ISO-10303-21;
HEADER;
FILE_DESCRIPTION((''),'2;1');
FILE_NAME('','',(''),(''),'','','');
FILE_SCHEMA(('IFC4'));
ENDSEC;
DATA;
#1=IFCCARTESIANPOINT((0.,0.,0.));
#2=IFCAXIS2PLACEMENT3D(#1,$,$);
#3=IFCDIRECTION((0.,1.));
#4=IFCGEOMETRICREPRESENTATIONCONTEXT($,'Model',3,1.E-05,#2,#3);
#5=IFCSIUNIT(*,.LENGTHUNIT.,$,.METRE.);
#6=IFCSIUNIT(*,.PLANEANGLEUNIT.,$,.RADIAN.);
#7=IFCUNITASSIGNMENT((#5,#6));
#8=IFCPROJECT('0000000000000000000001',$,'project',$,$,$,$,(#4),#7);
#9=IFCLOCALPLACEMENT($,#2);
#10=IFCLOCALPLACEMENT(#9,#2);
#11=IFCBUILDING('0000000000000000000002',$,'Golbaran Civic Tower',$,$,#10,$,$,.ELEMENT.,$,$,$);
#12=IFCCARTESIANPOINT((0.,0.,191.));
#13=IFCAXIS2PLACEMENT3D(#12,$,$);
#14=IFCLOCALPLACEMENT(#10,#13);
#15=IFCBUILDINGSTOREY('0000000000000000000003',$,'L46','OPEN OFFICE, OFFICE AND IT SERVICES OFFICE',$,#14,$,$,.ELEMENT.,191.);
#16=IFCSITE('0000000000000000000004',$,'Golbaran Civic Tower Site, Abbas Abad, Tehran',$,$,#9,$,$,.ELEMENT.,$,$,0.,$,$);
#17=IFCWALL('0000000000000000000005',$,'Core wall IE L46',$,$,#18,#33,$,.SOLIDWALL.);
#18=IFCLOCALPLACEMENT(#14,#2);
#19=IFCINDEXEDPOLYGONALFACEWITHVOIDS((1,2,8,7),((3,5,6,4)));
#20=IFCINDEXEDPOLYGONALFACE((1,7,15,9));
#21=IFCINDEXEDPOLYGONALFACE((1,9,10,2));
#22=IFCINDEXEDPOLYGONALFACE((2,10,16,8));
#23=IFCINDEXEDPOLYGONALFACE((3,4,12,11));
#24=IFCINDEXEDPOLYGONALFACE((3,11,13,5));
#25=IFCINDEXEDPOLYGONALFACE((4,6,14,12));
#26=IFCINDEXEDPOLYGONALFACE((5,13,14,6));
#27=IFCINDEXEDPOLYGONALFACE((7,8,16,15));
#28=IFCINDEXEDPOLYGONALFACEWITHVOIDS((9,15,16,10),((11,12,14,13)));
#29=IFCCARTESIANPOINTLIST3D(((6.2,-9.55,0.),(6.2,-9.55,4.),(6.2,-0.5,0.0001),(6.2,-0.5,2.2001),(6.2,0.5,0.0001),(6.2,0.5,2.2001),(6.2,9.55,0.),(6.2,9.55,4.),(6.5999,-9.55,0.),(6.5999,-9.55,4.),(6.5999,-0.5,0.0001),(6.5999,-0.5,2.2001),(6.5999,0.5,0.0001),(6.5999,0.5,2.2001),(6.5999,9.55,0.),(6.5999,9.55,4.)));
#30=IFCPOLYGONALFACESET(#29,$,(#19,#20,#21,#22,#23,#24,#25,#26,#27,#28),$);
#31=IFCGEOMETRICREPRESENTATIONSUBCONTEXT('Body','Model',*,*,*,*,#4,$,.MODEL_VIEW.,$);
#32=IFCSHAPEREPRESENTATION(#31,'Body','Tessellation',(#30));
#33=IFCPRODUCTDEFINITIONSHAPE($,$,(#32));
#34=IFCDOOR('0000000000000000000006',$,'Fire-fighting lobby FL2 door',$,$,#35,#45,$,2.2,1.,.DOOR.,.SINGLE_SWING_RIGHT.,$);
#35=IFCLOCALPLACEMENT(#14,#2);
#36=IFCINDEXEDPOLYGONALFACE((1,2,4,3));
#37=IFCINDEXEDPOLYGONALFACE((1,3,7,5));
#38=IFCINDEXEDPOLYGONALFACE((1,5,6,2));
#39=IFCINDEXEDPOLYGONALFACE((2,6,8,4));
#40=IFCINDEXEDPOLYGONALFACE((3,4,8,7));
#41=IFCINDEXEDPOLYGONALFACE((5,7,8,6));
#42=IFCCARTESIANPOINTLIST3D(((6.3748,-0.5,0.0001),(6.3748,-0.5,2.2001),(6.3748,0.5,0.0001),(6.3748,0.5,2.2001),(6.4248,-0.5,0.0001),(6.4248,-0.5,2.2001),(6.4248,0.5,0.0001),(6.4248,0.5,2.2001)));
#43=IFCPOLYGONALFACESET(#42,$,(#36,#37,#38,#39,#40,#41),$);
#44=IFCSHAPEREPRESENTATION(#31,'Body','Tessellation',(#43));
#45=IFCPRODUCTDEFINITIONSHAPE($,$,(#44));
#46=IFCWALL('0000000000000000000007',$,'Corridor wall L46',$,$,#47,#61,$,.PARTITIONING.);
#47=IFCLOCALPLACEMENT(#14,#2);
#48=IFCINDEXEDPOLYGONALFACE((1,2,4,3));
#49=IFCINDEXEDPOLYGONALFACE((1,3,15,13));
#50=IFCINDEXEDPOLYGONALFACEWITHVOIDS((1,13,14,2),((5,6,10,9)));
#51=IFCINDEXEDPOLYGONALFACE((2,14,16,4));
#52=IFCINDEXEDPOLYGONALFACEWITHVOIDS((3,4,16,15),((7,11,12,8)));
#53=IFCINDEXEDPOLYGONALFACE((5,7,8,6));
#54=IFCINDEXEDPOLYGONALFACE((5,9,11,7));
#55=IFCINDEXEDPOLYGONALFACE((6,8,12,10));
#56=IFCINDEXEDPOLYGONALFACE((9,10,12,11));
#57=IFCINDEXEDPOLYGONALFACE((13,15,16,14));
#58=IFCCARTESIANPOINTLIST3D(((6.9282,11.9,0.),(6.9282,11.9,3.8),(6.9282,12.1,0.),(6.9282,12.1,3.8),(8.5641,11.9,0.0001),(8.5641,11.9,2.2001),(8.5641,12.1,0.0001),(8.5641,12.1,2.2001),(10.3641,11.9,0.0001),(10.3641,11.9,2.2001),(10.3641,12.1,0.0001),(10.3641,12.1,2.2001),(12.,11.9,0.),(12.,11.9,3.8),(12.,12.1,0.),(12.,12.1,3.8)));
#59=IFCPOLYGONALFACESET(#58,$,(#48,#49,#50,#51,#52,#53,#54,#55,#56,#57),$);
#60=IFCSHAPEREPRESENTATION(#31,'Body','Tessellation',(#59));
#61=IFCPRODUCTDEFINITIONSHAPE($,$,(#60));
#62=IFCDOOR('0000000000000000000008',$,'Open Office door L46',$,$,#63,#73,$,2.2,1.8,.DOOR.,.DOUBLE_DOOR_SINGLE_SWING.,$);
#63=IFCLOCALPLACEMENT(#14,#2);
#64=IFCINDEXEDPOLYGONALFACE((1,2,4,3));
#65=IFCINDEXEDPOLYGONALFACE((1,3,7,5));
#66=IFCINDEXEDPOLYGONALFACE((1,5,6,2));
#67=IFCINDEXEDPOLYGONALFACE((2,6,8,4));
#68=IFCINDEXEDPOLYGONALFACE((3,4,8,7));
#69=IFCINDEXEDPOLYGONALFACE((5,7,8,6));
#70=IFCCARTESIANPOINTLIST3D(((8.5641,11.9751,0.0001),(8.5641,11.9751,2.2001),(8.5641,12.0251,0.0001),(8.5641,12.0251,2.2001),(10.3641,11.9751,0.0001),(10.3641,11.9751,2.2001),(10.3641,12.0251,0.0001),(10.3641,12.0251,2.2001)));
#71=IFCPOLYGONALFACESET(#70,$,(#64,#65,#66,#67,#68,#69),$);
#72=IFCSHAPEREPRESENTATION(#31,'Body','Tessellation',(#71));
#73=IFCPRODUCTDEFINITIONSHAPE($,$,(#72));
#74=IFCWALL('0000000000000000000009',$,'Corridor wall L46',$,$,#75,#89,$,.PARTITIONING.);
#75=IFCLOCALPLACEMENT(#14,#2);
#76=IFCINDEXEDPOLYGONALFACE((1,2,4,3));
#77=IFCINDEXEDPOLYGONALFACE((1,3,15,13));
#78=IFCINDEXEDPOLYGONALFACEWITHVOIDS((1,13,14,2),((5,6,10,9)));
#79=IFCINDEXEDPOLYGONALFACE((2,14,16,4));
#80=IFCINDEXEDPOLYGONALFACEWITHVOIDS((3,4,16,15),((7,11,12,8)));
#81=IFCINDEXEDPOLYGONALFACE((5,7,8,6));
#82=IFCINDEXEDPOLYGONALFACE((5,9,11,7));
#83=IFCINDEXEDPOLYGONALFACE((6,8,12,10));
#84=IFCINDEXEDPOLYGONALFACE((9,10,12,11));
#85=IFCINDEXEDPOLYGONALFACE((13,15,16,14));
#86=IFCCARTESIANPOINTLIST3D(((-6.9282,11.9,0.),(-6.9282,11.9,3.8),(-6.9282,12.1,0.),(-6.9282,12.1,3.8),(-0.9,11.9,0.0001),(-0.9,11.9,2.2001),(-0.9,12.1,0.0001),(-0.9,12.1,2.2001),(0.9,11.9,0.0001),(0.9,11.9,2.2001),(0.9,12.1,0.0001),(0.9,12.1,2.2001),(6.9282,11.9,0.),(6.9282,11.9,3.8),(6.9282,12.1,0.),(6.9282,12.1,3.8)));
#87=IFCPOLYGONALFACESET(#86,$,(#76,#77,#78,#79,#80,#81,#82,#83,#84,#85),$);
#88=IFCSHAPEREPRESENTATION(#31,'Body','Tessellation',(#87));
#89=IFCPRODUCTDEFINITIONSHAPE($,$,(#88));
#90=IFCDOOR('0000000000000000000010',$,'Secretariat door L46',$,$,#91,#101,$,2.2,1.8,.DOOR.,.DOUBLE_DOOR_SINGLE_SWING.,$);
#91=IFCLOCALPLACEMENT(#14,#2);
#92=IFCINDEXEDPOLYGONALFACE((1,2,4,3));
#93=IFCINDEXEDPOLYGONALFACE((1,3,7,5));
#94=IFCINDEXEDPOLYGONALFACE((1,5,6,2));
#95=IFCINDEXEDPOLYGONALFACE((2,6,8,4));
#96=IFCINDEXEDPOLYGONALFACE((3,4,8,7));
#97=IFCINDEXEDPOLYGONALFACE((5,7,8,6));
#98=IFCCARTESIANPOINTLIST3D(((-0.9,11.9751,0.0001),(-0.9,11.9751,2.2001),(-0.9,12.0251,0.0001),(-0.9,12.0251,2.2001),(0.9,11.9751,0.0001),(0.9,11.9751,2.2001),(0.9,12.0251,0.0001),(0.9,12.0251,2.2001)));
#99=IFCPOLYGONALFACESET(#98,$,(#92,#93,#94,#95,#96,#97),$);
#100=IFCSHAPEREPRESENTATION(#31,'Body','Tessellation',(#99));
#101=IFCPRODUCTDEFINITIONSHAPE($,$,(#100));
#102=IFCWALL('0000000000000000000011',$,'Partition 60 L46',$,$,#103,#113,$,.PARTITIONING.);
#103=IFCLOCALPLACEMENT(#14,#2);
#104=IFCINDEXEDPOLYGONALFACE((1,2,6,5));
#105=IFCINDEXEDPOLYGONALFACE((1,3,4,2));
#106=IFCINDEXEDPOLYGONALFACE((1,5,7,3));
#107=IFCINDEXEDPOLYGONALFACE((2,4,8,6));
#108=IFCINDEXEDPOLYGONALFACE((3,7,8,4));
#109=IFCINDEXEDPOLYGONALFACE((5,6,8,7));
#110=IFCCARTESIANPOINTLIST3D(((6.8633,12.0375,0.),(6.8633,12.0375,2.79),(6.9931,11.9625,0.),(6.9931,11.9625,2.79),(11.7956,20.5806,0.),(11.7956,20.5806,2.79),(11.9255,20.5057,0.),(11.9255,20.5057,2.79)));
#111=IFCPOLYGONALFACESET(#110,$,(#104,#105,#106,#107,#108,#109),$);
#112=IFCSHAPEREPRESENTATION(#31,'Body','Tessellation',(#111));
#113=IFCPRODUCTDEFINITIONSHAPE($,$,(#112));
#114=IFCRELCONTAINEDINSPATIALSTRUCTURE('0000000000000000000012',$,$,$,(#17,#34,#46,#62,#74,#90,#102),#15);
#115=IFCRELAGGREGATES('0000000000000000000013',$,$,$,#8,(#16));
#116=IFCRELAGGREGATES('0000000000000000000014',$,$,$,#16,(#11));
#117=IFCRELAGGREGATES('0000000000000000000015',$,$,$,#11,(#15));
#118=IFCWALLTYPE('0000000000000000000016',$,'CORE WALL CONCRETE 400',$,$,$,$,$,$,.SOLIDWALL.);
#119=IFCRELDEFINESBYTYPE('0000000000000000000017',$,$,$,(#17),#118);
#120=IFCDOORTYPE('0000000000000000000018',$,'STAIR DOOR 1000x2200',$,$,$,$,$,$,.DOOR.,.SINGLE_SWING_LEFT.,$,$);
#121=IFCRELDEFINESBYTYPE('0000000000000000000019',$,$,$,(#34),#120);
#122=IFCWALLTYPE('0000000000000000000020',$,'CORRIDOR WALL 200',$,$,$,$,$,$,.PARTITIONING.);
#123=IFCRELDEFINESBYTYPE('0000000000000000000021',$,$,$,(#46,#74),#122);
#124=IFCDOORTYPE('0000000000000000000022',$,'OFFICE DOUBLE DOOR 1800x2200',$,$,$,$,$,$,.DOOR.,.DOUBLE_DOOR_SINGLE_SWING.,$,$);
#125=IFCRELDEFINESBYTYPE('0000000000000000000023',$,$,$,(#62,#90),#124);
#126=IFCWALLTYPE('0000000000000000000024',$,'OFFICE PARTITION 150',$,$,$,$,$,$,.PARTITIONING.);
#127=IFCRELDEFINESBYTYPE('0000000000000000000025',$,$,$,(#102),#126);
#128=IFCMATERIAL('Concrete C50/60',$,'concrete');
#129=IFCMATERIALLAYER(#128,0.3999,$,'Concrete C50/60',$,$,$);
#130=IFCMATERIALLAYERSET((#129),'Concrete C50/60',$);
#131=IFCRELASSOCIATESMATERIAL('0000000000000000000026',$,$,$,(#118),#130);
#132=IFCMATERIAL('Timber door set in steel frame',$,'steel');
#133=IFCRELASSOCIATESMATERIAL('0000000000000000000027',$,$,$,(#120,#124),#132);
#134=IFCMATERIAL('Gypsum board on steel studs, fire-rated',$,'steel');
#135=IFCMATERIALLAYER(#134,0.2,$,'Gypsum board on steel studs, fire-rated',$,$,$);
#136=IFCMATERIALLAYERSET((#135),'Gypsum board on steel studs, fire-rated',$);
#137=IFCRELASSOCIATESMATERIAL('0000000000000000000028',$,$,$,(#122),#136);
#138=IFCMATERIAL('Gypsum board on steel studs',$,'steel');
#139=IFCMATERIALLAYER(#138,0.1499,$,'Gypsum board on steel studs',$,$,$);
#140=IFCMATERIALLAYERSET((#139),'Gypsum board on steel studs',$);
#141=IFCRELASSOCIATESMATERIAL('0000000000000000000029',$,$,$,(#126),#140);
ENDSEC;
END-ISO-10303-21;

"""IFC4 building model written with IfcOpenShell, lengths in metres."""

from ifc_helpers import new_model, si_unit, direction, frame, frame_2d, origin, place, context, subcontext, project, spatial, rectangle, extrude, material, layer, layer_set, type_object, element, fill, save


model = new_model("IFC4")

# Units and contexts
model_context = context("Model", 3, precision=1e-05, world=origin(), true_north=direction((0.0, 1.0)))
body_context = subcontext(model_context, "Body", "Model", "MODEL_VIEW")
ifc_project = project(units=[si_unit("LENGTHUNIT", "METRE"), si_unit("PLANEANGLEUNIT", "RADIAN")], contexts=[model_context])

# Site, building, storey
site_placement = place(None, origin())
site = spatial("IfcSite", under=ifc_project, at=site_placement, Name="Golbaran Civic Tower Site, Abbas Abad, Tehran", CompositionType="ELEMENT", RefElevation=0.0)
building_placement = place(site_placement, origin())
building = spatial("IfcBuilding", under=site, at=building_placement, Name="Golbaran Civic Tower", CompositionType="ELEMENT")
storey_placement = place(building_placement, frame((0.0, 0.0, 191.0)))
storey = spatial("IfcBuildingStorey", under=building, at=storey_placement, Name="L46", Description="OPEN OFFICE, OFFICE AND IT SERVICES OFFICE", CompositionType="ELEMENT", Elevation=191.0)

# Walls, openings, doors
ifc_material_1 = material(Name="Concrete C50/60", Category="concrete")
ifc_layer_1 = layer(ifc_material_1, 0.3999, Name="Concrete C50/60")
ifc_layer_set_1 = layer_set([ifc_layer_1], Name="Concrete C50/60")
wall_type_1 = type_object("IfcWallType", Name="CORE WALL CONCRETE 400", PredefinedType="SOLIDWALL", material=ifc_layer_set_1)
wall_1_placement = place(storey_placement, frame((6.3999, 9.55, 0.0), z_axis=(0.0, 0.0, 1.0), x_axis=(0.0, -1.0, 0.0)))
wall_1 = element("IfcWall", 1, at=wall_1_placement, inside=storey, type_object=wall_type_1, Name="Core wall IE L46", PredefinedType="SOLIDWALL", context=body_context, shape_type="SweptSolid", body=[
    extrude(rectangle(XDim=19.1001, YDim=0.3999, at=frame_2d((9.55, 0.0))), origin(), (0.0, 0.0, 1.0), 4.0),
])
opening_1_placement = place(wall_1_placement, frame((9.05, 0.0, 0.0)))
opening_1 = element("IfcOpeningElement", 2, at=opening_1_placement, cuts=wall_1, PredefinedType="OPENING", context=body_context, shape_type="SweptSolid", body=[
    extrude(rectangle(XDim=1.0, YDim=2.2, at=frame_2d((0.5, 1.1001))), frame((0.0, 0.21, 0.0), z_axis=(0.0, -1.0, 0.0), x_axis=(1.0, 0.0, 0.0)), (0.0, 0.0, 1.0), 0.4199),
])
ifc_material_2 = material(Name="Timber door set in steel frame", Category="steel")
door_type_1 = type_object("IfcDoorType", Name="STAIR DOOR 1000x2200", OperationType="SINGLE_SWING_LEFT", PredefinedType="DOOR", material=ifc_material_2)
door_1_placement = place(opening_1_placement, origin())
door_1 = element("IfcDoor", 3, at=door_1_placement, inside=storey, type_object=door_type_1, Name="Fire-fighting lobby FL2 door", OperationType="SINGLE_SWING_RIGHT", OverallHeight=2.2, OverallWidth=1.0, PredefinedType="DOOR", context=body_context, shape_type="SweptSolid", body=[
    extrude(rectangle(XDim=1.0, YDim=2.2, at=frame_2d((0.5, 1.1001))), frame((0.0, 0.0249, 0.0), z_axis=(0.0, -1.0, 0.0), x_axis=(1.0, 0.0, 0.0)), (0.0, 0.0, 1.0), 0.05),
])
fill(opening_1, door_1)
ifc_material_3 = material(Name="Gypsum board on steel studs, fire-rated", Category="steel")
ifc_layer_2 = layer(ifc_material_3, 0.2, Name="Gypsum board on steel studs, fire-rated")
ifc_layer_set_2 = layer_set([ifc_layer_2], Name="Gypsum board on steel studs, fire-rated")
wall_type_2 = type_object("IfcWallType", Name="CORRIDOR WALL 200", PredefinedType="PARTITIONING", material=ifc_layer_set_2)
wall_2_placement = place(storey_placement, frame((12.0, 12.0, 0.0), z_axis=(0.0, 0.0, 1.0), x_axis=(-1.0, 0.0, 0.0)))
wall_2 = element("IfcWall", 4, at=wall_2_placement, inside=storey, type_object=wall_type_2, Name="Corridor wall L46", PredefinedType="PARTITIONING", context=body_context, shape_type="SweptSolid", body=[
    extrude(rectangle(XDim=5.0718, YDim=0.2, at=frame_2d((2.5359, 0.0))), origin(), (0.0, 0.0, 1.0), 3.8),
])
opening_2_placement = place(wall_2_placement, frame((1.636, 0.0, 0.0)))
opening_2 = element("IfcOpeningElement", 5, at=opening_2_placement, cuts=wall_2, PredefinedType="OPENING", context=body_context, shape_type="SweptSolid", body=[
    extrude(rectangle(XDim=1.8, YDim=2.2, at=frame_2d((0.8999, 1.1001))), frame((0.0, 0.1099, 0.0), z_axis=(0.0, -1.0, 0.0), x_axis=(1.0, 0.0, 0.0)), (0.0, 0.0, 1.0), 0.22),
])
door_type_2 = type_object("IfcDoorType", Name="OFFICE DOUBLE DOOR 1800x2200", OperationType="DOUBLE_DOOR_SINGLE_SWING", PredefinedType="DOOR", material=ifc_material_2)
door_2_placement = place(opening_2_placement, origin())
door_2 = element("IfcDoor", 6, at=door_2_placement, inside=storey, type_object=door_type_2, Name="Open Office door L46", OperationType="DOUBLE_DOOR_SINGLE_SWING", OverallHeight=2.2, OverallWidth=1.8, PredefinedType="DOOR", context=body_context, shape_type="SweptSolid", body=[
    extrude(rectangle(XDim=1.8, YDim=2.2, at=frame_2d((0.8999, 1.1001))), frame((0.0, 0.0249, 0.0), z_axis=(0.0, -1.0, 0.0), x_axis=(1.0, 0.0, 0.0)), (0.0, 0.0, 1.0), 0.05),
])
fill(opening_2, door_2)
wall_3_placement = place(storey_placement, frame((6.9282, 12.0, 0.0), z_axis=(0.0, 0.0, 1.0), x_axis=(-1.0, 0.0, 0.0)))
wall_3 = element("IfcWall", 7, at=wall_3_placement, inside=storey, type_object=wall_type_2, Name="Corridor wall L46", PredefinedType="PARTITIONING", context=body_context, shape_type="SweptSolid", body=[
    extrude(rectangle(XDim=13.8564, YDim=0.2, at=frame_2d((6.9282, 0.0))), origin(), (0.0, 0.0, 1.0), 3.8),
])
opening_3_placement = place(wall_3_placement, frame((6.0283, 0.0, 0.0)))
opening_3 = element("IfcOpeningElement", 8, at=opening_3_placement, cuts=wall_3, PredefinedType="OPENING", context=body_context, shape_type="SweptSolid", body=[
    extrude(rectangle(XDim=1.8, YDim=2.2, at=frame_2d((0.8999, 1.1001))), frame((0.0, 0.1099, 0.0), z_axis=(0.0, -1.0, 0.0), x_axis=(1.0, 0.0, 0.0)), (0.0, 0.0, 1.0), 0.22),
])
door_3_placement = place(opening_3_placement, origin())
door_3 = element("IfcDoor", 9, at=door_3_placement, inside=storey, type_object=door_type_2, Name="Secretariat door L46", OperationType="DOUBLE_DOOR_SINGLE_SWING", OverallHeight=2.2, OverallWidth=1.8, PredefinedType="DOOR", context=body_context, shape_type="SweptSolid", body=[
    extrude(rectangle(XDim=1.8, YDim=2.2, at=frame_2d((0.8999, 1.1001))), frame((0.0, 0.0249, 0.0), z_axis=(0.0, -1.0, 0.0), x_axis=(1.0, 0.0, 0.0)), (0.0, 0.0, 1.0), 0.05),
])
fill(opening_3, door_3)

# Wall
ifc_material_4 = material(Name="Gypsum board on steel studs", Category="steel")
ifc_layer_3 = layer(ifc_material_4, 0.1499, Name="Gypsum board on steel studs")
ifc_layer_set_3 = layer_set([ifc_layer_3], Name="Gypsum board on steel studs")
wall_type_3 = type_object("IfcWallType", Name="OFFICE PARTITION 150", PredefinedType="PARTITIONING", material=ifc_layer_set_3)
wall_4_placement = place(storey_placement, frame((6.9282, 12.0, 0.0), z_axis=(0.0, 0.0, 1.0), x_axis=(0.499996, 0.866028, 0.0)))
element("IfcWall", 10, at=wall_4_placement, inside=storey, type_object=wall_type_3, Name="Partition 60 L46", PredefinedType="PARTITIONING", context=body_context, shape_type="SweptSolid", body=[
    extrude(rectangle(XDim=9.8647, YDim=0.1499, at=frame_2d((4.9324, 0.0))), origin(), (0.0, 0.0, 1.0), 2.79),
])

save(model, "model.ifc")
